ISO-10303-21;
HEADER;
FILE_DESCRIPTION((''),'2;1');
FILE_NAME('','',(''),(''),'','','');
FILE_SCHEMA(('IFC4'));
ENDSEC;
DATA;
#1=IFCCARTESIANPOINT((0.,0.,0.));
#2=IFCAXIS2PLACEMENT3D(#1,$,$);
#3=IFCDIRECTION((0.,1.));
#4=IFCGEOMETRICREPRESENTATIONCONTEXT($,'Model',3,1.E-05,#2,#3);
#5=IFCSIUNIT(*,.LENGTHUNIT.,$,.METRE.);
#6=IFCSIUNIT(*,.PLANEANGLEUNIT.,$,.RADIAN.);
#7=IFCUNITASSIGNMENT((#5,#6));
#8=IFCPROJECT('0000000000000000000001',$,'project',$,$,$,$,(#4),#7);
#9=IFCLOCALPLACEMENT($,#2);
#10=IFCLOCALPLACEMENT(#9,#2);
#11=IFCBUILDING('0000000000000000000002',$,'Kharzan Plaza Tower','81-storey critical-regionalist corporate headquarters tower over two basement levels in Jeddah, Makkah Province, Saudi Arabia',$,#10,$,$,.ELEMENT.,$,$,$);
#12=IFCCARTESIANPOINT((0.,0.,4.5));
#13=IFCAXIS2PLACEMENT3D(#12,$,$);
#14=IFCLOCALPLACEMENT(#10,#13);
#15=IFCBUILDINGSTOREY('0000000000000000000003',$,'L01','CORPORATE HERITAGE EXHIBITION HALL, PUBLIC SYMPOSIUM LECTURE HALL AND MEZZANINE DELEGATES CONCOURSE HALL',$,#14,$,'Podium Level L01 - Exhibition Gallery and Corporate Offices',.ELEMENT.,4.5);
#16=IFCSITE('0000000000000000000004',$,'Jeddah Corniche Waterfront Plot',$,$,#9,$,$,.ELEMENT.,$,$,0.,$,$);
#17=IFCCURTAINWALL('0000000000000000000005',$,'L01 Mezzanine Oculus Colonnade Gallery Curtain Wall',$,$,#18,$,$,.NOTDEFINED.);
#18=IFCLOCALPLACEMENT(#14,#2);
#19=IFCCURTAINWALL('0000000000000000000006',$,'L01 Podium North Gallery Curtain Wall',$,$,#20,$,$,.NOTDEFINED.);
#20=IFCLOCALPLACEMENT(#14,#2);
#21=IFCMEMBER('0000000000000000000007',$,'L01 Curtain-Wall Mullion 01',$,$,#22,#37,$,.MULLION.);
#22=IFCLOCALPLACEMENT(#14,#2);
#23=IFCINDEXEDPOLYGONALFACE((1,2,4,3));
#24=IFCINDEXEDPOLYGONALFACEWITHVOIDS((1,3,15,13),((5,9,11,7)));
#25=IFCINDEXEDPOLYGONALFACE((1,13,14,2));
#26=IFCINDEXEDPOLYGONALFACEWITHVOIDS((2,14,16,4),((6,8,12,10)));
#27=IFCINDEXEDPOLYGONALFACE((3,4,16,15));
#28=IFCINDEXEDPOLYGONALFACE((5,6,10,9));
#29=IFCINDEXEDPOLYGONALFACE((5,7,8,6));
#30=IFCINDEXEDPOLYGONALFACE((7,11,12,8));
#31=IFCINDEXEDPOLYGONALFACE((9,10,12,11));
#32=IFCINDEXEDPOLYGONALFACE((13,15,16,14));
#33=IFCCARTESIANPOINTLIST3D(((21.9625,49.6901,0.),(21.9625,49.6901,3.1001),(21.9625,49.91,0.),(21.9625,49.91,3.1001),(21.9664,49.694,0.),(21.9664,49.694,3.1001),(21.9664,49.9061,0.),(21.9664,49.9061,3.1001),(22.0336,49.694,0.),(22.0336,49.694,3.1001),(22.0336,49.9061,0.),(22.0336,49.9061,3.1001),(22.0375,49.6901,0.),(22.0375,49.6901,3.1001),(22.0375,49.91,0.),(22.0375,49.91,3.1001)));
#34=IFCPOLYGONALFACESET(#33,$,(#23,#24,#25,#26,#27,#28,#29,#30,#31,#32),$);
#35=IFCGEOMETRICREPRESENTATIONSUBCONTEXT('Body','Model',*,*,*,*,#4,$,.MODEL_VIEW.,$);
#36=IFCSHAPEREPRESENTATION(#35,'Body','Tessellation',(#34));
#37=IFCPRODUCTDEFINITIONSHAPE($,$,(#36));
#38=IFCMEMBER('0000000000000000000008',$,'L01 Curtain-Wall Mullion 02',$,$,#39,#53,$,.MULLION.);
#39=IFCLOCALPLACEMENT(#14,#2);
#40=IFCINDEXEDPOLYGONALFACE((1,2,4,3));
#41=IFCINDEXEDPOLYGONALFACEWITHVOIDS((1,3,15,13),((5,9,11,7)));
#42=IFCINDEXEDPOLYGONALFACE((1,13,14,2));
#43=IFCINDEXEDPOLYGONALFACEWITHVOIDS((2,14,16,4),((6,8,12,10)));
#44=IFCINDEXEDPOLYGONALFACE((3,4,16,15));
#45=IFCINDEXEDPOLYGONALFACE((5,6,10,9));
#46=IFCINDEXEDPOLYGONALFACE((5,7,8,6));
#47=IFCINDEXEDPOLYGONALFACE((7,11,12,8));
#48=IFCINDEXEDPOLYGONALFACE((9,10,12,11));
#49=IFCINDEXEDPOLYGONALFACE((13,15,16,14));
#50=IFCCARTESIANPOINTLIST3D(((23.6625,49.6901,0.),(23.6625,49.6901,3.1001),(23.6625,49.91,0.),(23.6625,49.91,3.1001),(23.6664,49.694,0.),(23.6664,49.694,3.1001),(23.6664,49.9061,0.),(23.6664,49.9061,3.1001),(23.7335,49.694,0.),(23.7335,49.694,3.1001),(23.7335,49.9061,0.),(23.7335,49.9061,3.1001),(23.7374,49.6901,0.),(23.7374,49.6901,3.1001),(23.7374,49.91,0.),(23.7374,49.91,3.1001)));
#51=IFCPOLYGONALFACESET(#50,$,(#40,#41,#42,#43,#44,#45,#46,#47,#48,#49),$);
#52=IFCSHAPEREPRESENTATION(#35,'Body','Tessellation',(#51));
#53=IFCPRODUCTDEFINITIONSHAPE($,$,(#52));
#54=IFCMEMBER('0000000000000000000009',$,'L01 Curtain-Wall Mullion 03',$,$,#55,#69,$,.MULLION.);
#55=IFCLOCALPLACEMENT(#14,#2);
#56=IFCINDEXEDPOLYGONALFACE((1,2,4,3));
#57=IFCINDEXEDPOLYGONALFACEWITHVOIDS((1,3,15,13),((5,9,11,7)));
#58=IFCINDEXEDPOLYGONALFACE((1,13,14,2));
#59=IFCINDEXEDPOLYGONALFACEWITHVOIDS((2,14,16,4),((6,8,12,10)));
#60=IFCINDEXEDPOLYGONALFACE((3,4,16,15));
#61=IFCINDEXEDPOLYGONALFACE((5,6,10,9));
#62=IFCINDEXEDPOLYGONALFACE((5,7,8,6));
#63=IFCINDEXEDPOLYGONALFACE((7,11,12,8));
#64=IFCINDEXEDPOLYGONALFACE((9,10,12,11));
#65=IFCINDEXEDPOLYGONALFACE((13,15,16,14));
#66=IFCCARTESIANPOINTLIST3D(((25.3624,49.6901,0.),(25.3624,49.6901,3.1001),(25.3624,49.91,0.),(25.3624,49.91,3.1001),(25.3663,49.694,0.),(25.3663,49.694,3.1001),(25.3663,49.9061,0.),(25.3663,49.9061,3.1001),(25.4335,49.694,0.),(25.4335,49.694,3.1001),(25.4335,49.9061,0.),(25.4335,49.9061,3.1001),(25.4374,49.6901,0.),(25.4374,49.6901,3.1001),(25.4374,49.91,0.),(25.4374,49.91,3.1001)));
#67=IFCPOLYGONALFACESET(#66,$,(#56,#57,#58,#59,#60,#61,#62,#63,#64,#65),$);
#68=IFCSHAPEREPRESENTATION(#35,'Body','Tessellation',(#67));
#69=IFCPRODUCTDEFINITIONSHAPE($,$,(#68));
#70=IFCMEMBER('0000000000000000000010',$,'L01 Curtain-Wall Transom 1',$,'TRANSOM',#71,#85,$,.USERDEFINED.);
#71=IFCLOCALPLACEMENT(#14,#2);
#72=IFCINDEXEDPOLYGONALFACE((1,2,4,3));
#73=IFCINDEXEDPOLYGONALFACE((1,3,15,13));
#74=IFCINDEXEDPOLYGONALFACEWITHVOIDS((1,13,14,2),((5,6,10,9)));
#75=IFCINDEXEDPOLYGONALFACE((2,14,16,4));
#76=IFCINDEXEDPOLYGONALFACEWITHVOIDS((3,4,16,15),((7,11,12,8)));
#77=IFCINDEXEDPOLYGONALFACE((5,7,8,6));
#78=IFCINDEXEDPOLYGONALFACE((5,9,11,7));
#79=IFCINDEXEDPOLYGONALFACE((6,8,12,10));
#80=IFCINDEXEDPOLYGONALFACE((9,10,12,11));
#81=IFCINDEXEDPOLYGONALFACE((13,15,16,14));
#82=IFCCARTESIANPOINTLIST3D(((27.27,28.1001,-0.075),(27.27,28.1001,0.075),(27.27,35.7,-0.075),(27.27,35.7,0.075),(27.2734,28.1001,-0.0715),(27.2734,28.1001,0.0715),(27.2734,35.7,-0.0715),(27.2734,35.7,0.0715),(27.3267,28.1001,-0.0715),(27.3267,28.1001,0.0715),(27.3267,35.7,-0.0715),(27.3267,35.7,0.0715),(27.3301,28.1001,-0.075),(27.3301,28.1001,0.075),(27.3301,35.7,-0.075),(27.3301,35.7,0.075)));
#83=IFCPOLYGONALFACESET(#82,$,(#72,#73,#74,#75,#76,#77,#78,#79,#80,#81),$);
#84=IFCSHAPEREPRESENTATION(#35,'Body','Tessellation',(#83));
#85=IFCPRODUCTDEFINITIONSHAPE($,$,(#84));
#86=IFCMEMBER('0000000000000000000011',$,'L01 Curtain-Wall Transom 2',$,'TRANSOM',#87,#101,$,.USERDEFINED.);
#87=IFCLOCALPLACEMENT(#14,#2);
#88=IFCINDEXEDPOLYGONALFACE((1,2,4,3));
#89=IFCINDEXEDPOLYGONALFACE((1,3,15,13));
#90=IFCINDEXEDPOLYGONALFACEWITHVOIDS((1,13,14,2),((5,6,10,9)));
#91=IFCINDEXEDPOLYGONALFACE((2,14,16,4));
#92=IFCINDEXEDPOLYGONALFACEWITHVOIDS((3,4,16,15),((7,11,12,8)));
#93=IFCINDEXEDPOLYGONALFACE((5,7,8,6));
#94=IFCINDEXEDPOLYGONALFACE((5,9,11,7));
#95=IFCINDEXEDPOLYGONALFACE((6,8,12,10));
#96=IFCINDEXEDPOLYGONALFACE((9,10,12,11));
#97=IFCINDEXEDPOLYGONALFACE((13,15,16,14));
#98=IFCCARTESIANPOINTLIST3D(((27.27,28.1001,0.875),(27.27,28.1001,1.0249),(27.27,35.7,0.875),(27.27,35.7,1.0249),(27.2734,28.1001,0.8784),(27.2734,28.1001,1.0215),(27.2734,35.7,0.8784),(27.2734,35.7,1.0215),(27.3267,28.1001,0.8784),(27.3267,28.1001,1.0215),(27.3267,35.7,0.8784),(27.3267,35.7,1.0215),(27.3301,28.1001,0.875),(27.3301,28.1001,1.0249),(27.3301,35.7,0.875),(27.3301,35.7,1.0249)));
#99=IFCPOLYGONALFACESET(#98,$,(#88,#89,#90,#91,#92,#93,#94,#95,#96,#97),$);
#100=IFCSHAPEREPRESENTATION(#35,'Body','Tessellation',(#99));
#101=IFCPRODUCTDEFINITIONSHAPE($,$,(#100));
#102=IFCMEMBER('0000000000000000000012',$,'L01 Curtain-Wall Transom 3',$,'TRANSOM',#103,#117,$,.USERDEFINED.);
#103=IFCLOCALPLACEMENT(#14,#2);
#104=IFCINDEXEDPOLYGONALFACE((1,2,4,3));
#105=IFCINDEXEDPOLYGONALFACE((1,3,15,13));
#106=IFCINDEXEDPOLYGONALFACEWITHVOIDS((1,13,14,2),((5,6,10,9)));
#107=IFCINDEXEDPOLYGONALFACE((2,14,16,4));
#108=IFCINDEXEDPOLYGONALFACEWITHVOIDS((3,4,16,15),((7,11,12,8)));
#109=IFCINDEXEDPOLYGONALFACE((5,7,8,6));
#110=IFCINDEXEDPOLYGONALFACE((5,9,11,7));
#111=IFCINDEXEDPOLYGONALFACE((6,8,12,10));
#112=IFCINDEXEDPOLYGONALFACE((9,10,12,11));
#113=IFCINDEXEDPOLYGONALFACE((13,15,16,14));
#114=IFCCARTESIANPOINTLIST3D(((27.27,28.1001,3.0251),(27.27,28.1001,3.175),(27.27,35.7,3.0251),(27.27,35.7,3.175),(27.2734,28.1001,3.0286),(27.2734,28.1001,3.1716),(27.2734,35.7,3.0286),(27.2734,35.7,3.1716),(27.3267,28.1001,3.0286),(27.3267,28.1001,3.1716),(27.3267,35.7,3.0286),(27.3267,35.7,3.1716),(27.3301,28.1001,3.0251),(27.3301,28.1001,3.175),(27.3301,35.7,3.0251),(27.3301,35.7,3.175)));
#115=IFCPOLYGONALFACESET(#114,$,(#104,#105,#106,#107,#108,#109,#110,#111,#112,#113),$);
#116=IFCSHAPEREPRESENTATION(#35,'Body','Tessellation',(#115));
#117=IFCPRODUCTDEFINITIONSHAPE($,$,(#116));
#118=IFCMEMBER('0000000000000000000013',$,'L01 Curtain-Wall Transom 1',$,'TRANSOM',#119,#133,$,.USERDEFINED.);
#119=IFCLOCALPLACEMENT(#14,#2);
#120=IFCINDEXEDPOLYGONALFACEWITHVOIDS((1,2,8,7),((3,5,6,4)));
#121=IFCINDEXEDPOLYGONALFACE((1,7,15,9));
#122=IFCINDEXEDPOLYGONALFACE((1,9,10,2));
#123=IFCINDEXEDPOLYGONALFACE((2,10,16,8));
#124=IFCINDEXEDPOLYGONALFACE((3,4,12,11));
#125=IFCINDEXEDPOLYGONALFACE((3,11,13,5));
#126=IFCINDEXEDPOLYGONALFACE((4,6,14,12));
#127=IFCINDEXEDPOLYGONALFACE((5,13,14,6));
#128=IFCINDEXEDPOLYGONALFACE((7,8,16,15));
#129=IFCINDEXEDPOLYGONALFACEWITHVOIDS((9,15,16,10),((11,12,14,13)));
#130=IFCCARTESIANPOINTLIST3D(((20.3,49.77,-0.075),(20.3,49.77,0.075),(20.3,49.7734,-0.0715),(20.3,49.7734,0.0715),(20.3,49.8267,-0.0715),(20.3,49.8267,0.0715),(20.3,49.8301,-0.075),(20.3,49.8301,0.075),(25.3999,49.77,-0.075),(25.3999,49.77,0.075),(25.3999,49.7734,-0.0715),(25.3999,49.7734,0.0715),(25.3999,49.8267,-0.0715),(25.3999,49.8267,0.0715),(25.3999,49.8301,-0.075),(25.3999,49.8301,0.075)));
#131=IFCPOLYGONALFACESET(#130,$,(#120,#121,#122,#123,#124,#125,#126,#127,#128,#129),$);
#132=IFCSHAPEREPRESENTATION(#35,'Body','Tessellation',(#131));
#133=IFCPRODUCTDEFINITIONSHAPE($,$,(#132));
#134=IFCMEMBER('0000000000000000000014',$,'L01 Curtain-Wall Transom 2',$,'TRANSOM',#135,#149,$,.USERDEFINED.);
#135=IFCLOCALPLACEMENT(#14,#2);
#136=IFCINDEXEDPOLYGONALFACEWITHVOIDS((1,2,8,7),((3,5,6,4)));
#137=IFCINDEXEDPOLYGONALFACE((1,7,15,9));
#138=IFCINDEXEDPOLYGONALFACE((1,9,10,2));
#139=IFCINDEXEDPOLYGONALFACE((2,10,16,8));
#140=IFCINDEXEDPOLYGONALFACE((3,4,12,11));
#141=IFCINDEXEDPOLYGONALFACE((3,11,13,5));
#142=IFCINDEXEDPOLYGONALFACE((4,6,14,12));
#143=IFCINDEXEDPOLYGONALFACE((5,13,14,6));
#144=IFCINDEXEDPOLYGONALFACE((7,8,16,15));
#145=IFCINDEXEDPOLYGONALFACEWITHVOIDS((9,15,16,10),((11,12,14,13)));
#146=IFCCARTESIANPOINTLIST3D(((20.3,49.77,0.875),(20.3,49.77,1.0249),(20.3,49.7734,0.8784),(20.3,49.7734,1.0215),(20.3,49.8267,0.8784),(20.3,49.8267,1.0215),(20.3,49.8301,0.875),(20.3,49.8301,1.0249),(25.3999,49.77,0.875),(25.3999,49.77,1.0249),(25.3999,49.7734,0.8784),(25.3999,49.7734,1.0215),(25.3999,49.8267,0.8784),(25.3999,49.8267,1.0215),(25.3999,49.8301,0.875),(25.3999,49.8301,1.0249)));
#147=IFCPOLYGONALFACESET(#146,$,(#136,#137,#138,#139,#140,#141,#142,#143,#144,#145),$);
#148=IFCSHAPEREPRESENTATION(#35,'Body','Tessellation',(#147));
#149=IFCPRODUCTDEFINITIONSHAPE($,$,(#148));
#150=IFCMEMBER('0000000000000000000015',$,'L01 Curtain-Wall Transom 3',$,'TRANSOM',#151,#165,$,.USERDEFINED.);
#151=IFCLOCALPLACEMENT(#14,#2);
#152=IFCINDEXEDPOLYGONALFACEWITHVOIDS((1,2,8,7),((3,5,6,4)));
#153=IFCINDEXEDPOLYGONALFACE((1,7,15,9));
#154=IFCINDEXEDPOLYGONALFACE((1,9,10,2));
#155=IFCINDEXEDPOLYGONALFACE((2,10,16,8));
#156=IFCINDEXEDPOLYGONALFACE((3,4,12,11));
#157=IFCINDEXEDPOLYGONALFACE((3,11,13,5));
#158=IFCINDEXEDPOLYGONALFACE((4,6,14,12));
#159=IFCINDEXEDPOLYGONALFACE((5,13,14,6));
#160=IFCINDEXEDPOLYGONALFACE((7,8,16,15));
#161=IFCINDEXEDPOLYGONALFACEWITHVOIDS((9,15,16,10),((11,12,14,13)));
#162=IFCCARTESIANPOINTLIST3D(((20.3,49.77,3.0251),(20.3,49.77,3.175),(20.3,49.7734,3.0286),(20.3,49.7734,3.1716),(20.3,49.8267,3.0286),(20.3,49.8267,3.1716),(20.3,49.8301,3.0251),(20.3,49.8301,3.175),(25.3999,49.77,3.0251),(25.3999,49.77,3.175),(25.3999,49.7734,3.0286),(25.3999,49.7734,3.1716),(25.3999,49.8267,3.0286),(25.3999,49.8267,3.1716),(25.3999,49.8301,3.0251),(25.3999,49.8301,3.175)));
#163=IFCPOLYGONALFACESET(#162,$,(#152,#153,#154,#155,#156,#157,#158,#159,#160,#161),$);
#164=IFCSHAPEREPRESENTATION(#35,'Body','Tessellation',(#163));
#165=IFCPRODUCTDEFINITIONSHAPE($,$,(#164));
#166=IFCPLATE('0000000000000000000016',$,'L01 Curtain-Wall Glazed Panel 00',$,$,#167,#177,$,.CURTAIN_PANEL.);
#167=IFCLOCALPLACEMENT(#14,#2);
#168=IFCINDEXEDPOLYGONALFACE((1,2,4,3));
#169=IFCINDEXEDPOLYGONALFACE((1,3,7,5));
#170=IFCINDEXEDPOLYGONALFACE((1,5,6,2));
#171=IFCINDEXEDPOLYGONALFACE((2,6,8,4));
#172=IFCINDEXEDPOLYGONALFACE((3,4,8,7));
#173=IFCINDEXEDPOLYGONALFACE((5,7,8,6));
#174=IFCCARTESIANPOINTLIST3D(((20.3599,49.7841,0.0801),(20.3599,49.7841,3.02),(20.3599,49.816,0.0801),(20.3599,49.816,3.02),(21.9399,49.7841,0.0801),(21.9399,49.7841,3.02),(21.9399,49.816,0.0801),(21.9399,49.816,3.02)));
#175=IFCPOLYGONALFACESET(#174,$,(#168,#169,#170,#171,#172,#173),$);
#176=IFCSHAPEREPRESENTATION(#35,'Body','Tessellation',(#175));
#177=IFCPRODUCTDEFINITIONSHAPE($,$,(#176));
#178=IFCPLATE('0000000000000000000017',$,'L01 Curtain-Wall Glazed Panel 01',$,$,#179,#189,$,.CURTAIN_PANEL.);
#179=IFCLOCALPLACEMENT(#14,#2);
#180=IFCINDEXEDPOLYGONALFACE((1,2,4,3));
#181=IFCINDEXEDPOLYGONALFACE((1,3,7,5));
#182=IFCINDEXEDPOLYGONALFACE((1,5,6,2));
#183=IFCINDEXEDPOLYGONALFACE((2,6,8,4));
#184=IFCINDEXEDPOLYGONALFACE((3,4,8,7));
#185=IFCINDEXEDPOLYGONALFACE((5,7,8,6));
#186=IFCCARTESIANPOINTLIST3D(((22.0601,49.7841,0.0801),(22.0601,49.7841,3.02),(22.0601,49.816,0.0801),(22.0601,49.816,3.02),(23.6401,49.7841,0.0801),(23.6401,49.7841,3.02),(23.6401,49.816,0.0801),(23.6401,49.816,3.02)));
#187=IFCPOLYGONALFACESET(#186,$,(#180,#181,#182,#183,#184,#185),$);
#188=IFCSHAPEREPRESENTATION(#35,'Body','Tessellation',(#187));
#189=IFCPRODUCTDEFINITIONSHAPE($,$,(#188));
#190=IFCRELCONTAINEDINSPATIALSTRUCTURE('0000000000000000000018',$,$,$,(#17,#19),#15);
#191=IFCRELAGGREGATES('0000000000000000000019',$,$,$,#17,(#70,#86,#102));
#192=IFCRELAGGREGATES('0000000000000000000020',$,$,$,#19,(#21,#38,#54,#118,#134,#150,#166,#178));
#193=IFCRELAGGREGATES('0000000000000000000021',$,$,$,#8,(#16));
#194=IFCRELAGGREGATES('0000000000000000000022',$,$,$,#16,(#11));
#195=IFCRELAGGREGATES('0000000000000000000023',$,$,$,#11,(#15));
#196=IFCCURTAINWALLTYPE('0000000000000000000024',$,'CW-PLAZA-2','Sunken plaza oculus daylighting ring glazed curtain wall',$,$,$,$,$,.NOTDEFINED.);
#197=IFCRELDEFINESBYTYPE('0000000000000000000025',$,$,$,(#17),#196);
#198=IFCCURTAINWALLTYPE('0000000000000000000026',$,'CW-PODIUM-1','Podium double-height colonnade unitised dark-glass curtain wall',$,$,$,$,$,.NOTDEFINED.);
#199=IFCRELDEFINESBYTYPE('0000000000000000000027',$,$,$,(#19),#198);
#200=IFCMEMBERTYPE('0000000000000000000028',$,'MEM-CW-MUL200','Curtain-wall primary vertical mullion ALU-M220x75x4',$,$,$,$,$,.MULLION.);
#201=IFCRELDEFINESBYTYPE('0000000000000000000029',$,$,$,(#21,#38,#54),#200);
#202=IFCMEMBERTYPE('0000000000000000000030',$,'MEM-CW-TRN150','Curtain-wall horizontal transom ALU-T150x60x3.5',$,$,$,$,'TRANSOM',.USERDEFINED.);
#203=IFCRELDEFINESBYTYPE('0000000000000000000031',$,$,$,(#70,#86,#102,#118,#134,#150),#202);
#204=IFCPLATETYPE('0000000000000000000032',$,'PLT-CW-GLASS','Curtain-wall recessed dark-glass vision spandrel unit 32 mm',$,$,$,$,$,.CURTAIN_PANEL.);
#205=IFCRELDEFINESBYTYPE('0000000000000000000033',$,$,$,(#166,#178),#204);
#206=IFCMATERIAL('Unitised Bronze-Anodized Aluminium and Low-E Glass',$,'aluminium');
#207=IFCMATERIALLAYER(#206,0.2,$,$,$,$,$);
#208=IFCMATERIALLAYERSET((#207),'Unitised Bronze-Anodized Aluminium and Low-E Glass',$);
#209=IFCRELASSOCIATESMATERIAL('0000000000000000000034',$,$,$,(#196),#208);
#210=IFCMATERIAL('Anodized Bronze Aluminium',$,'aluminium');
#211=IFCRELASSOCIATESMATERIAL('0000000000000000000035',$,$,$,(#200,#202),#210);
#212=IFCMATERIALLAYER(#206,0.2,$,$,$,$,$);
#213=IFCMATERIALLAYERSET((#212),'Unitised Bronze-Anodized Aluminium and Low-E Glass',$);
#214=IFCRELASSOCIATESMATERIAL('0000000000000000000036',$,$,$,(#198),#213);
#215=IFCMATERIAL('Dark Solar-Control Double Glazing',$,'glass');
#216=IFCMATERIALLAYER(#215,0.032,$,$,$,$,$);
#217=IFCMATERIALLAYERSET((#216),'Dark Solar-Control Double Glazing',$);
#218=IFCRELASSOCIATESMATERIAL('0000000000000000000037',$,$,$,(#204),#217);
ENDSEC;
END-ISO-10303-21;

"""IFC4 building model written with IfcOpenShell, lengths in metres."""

from ifc_helpers import new_model, si_unit, direction, frame, origin, origin_2d, place, context, subcontext, project, spatial, rectangle, hollow_rectangle, extrude, source, transform, mapped, material, layer, layer_set, material_profile, profile_set, type_object, element, aggregate, save


model = new_model("IFC4")

# Units and contexts
model_context = context("Model", 3, precision=1e-05, world=origin(), true_north=direction((0.0, 1.0)))
body_context = subcontext(model_context, "Body", "Model", "MODEL_VIEW")
ifc_project = project(units=[si_unit("LENGTHUNIT", "METRE"), si_unit("PLANEANGLEUNIT", "RADIAN")], contexts=[model_context])

# Site, building, storey
site_placement = place(None, origin())
site = spatial("IfcSite", under=ifc_project, at=site_placement, Name="Jeddah Corniche Waterfront Plot", CompositionType="ELEMENT", RefElevation=0.0)
building_placement = place(site_placement, origin())
building = spatial("IfcBuilding", under=site, at=building_placement, Name="Kharzan Plaza Tower", Description="81-storey critical-regionalist corporate headquarters tower over two basement levels in Jeddah, Makkah Province, Saudi Arabia", CompositionType="ELEMENT")
storey_placement = place(building_placement, frame((0.0, 0.0, 4.5)))
storey = spatial("IfcBuildingStorey", under=building, at=storey_placement, Name="L01", Description="CORPORATE HERITAGE EXHIBITION HALL, PUBLIC SYMPOSIUM LECTURE HALL AND MEZZANINE DELEGATES CONCOURSE HALL", LongName="Podium Level L01 - Exhibition Gallery and Corporate Offices", CompositionType="ELEMENT", Elevation=4.5)

# Curtain wall
ifc_material_1 = material(Name="Unitised Bronze-Anodized Aluminium and Low-E Glass", Category="aluminium")
ifc_layer_1 = layer(ifc_material_1, 0.2)
ifc_layer_set_1 = layer_set([ifc_layer_1], Name="Unitised Bronze-Anodized Aluminium and Low-E Glass")
curtain_wall_type_1 = type_object("IfcCurtainWallType", Name="CW-PLAZA-2", Description="Sunken plaza oculus daylighting ring glazed curtain wall", PredefinedType="NOTDEFINED", material=ifc_layer_set_1)
curtain_wall_1_placement = place(storey_placement, origin())
curtain_wall_1 = element("IfcCurtainWall", 1, at=curtain_wall_1_placement, inside=storey, type_object=curtain_wall_type_1, Name="L01 Mezzanine Oculus Colonnade Gallery Curtain Wall", PredefinedType="NOTDEFINED")
ifc_material_2 = material(Name="Anodized Bronze Aluminium", Category="aluminium")
ifc_material_profile_1 = material_profile(ifc_material_2, hollow_rectangle(XDim=0.075, YDim=0.22, WallThickness=0.0039, at=origin_2d()), Name="ALU-M220x75x4")
ifc_profile_set_1 = profile_set([ifc_material_profile_1], Name="Anodized Bronze Aluminium")
member_type_1 = type_object("IfcMemberType", Name="MEM-CW-MUL200", Description="Curtain-wall primary vertical mullion ALU-M220x75x4", PredefinedType="MULLION", material=ifc_profile_set_1)
shared_shape_1 = source(origin(), body_context, "Body", "SweptSolid", [
    extrude(hollow_rectangle(XDim=0.075, YDim=0.22, WallThickness=0.0039, at=origin_2d()), origin(), (0.0, 0.0, 1.0), 3.1001),
])

# Curtain wall, members
ifc_layer_2 = layer(ifc_material_1, 0.2)
ifc_layer_set_2 = layer_set([ifc_layer_2], Name="Unitised Bronze-Anodized Aluminium and Low-E Glass")
curtain_wall_type_2 = type_object("IfcCurtainWallType", Name="CW-PODIUM-1", Description="Podium double-height colonnade unitised dark-glass curtain wall", PredefinedType="NOTDEFINED", material=ifc_layer_set_2)
curtain_wall_2_placement = place(storey_placement, origin())
curtain_wall_2 = element("IfcCurtainWall", 2, at=curtain_wall_2_placement, inside=storey, type_object=curtain_wall_type_2, Name="L01 Podium North Gallery Curtain Wall", PredefinedType="NOTDEFINED")
member_1_placement = place(storey_placement, frame((22.0, 49.8, 0.0), z_axis=(0.0, 0.0, 1.0), x_axis=(1.0, 0.0, 0.0)))
member_1 = element("IfcMember", 3, at=member_1_placement, type_object=member_type_1, Name="L01 Curtain-Wall Mullion 01", PredefinedType="MULLION", context=body_context, shape_type="MappedRepresentation", body=[
    mapped(shared_shape_1, transform((0.0, 0.0, 0.0), x_axis=(1.0, 0.0, 0.0), y_axis=(0.0, 1.0, 0.0), z_axis=(0.0, 0.0, 1.0))),
])
member_2_placement = place(storey_placement, frame((23.7, 49.8, 0.0), z_axis=(0.0, 0.0, 1.0), x_axis=(1.0, 0.0, 0.0)))
member_2 = element("IfcMember", 4, at=member_2_placement, type_object=member_type_1, Name="L01 Curtain-Wall Mullion 02", PredefinedType="MULLION", context=body_context, shape_type="MappedRepresentation", body=[
    mapped(shared_shape_1, transform((0.0, 0.0, 0.0), x_axis=(1.0, 0.0, 0.0), y_axis=(0.0, 1.0, 0.0), z_axis=(0.0, 0.0, 1.0))),
])
member_3_placement = place(storey_placement, frame((25.3999, 49.8, 0.0), z_axis=(0.0, 0.0, 1.0), x_axis=(1.0, 0.0, 0.0)))
member_3 = element("IfcMember", 5, at=member_3_placement, type_object=member_type_1, Name="L01 Curtain-Wall Mullion 03", PredefinedType="MULLION", context=body_context, shape_type="MappedRepresentation", body=[
    mapped(shared_shape_1, transform((0.0, 0.0, 0.0), x_axis=(1.0, 0.0, 0.0), y_axis=(0.0, 1.0, 0.0), z_axis=(0.0, 0.0, 1.0))),
])

# Members
ifc_material_profile_2 = material_profile(ifc_material_2, hollow_rectangle(XDim=0.0601, YDim=0.1499, WallThickness=0.0034, at=origin_2d()), Name="ALU-T150x60x3.5")
ifc_profile_set_2 = profile_set([ifc_material_profile_2], Name="Anodized Bronze Aluminium")
member_type_2 = type_object("IfcMemberType", Name="MEM-CW-TRN150", Description="Curtain-wall horizontal transom ALU-T150x60x3.5", ElementType="TRANSOM", PredefinedType="USERDEFINED", material=ifc_profile_set_2)
shared_shape_2 = source(origin(), body_context, "Body", "SweptSolid", [
    extrude(hollow_rectangle(XDim=0.0601, YDim=0.1499, WallThickness=0.0034, at=origin_2d()), origin(), (0.0, 0.0, 1.0), 7.5999),
])
member_4_placement = place(storey_placement, frame((27.3, 28.1001, 0.0), z_axis=(0.0, 1.0, 0.0), x_axis=(-1.0, 0.0, 0.0)))
member_4 = element("IfcMember", 6, at=member_4_placement, type_object=member_type_2, Name="L01 Curtain-Wall Transom 1", ObjectType="TRANSOM", PredefinedType="USERDEFINED", context=body_context, shape_type="MappedRepresentation", body=[
    mapped(shared_shape_2, transform((0.0, 0.0, 0.0), x_axis=(1.0, 0.0, 0.0), y_axis=(0.0, 1.0, 0.0), z_axis=(0.0, 0.0, 1.0))),
])
member_5_placement = place(storey_placement, frame((27.3, 28.1001, 0.95), z_axis=(0.0, 1.0, 0.0), x_axis=(-1.0, 0.0, 0.0)))
member_5 = element("IfcMember", 7, at=member_5_placement, type_object=member_type_2, Name="L01 Curtain-Wall Transom 2", ObjectType="TRANSOM", PredefinedType="USERDEFINED", context=body_context, shape_type="MappedRepresentation", body=[
    mapped(shared_shape_2, transform((0.0, 0.0, 0.0), x_axis=(1.0, 0.0, 0.0), y_axis=(0.0, 1.0, 0.0), z_axis=(0.0, 0.0, 1.0))),
])
member_6_placement = place(storey_placement, frame((27.3, 28.1001, 3.1001), z_axis=(0.0, 1.0, 0.0), x_axis=(-1.0, 0.0, 0.0)))
member_6 = element("IfcMember", 8, at=member_6_placement, type_object=member_type_2, Name="L01 Curtain-Wall Transom 3", ObjectType="TRANSOM", PredefinedType="USERDEFINED", context=body_context, shape_type="MappedRepresentation", body=[
    mapped(shared_shape_2, transform((0.0, 0.0, 0.0), x_axis=(1.0, 0.0, 0.0), y_axis=(0.0, 1.0, 0.0), z_axis=(0.0, 0.0, 1.0))),
])
aggregate(curtain_wall_1, [member_4, member_5, member_6])
shared_shape_3 = source(origin(), body_context, "Body", "SweptSolid", [
    extrude(hollow_rectangle(XDim=0.0601, YDim=0.1499, WallThickness=0.0034, at=origin_2d()), origin(), (0.0, 0.0, 1.0), 5.0999),
])
member_7_placement = place(storey_placement, frame((20.3, 49.8, 0.0), z_axis=(1.0, 0.0, 0.0), x_axis=(0.0, 1.0, 0.0)))
member_7 = element("IfcMember", 9, at=member_7_placement, type_object=member_type_2, Name="L01 Curtain-Wall Transom 1", ObjectType="TRANSOM", PredefinedType="USERDEFINED", context=body_context, shape_type="MappedRepresentation", body=[
    mapped(shared_shape_3, transform((0.0, 0.0, 0.0), x_axis=(1.0, 0.0, 0.0), y_axis=(0.0, 1.0, 0.0), z_axis=(0.0, 0.0, 1.0))),
])
member_8_placement = place(storey_placement, frame((20.3, 49.8, 0.95), z_axis=(1.0, 0.0, 0.0), x_axis=(0.0, 1.0, 0.0)))
member_8 = element("IfcMember", 10, at=member_8_placement, type_object=member_type_2, Name="L01 Curtain-Wall Transom 2", ObjectType="TRANSOM", PredefinedType="USERDEFINED", context=body_context, shape_type="MappedRepresentation", body=[
    mapped(shared_shape_3, transform((0.0, 0.0, 0.0), x_axis=(1.0, 0.0, 0.0), y_axis=(0.0, 1.0, 0.0), z_axis=(0.0, 0.0, 1.0))),
])
member_9_placement = place(storey_placement, frame((20.3, 49.8, 3.1001), z_axis=(1.0, 0.0, 0.0), x_axis=(0.0, 1.0, 0.0)))
member_9 = element("IfcMember", 11, at=member_9_placement, type_object=member_type_2, Name="L01 Curtain-Wall Transom 3", ObjectType="TRANSOM", PredefinedType="USERDEFINED", context=body_context, shape_type="MappedRepresentation", body=[
    mapped(shared_shape_3, transform((0.0, 0.0, 0.0), x_axis=(1.0, 0.0, 0.0), y_axis=(0.0, 1.0, 0.0), z_axis=(0.0, 0.0, 1.0))),
])

# Plates
ifc_material_3 = material(Name="Dark Solar-Control Double Glazing", Category="glass")
ifc_layer_3 = layer(ifc_material_3, 0.032)
ifc_layer_set_3 = layer_set([ifc_layer_3], Name="Dark Solar-Control Double Glazing")
plate_type = type_object("IfcPlateType", Name="PLT-CW-GLASS", Description="Curtain-wall recessed dark-glass vision spandrel unit 32 mm", PredefinedType="CURTAIN_PANEL", material=ifc_layer_set_3)
shared_shape_4 = source(origin(), body_context, "Body", "SweptSolid", [
    extrude(rectangle(XDim=1.5801, YDim=0.032, at=origin_2d()), origin(), (0.0, 0.0, 1.0), 2.9399),
])
plate_1_placement = place(storey_placement, frame((21.1499, 49.8, 0.0801), z_axis=(0.0, 0.0, 1.0), x_axis=(1.0, 0.0, 0.0)))
plate_1 = element("IfcPlate", 12, at=plate_1_placement, type_object=plate_type, Name="L01 Curtain-Wall Glazed Panel 00", PredefinedType="CURTAIN_PANEL", context=body_context, shape_type="MappedRepresentation", body=[
    mapped(shared_shape_4, transform((0.0, 0.0, 0.0), x_axis=(1.0, 0.0, 0.0), y_axis=(0.0, 1.0, 0.0), z_axis=(0.0, 0.0, 1.0))),
])
plate_2_placement = place(storey_placement, frame((22.8501, 49.8, 0.0801), z_axis=(0.0, 0.0, 1.0), x_axis=(1.0, 0.0, 0.0)))
plate_2 = element("IfcPlate", 13, at=plate_2_placement, type_object=plate_type, Name="L01 Curtain-Wall Glazed Panel 01", PredefinedType="CURTAIN_PANEL", context=body_context, shape_type="MappedRepresentation", body=[
    mapped(shared_shape_4, transform((0.0, 0.0, 0.0), x_axis=(1.0, 0.0, 0.0), y_axis=(0.0, 1.0, 0.0), z_axis=(0.0, 0.0, 1.0))),
])
aggregate(curtain_wall_2, [member_1, member_2, member_3, member_7, member_8, member_9, plate_1, plate_2])

save(model, "model.ifc")
